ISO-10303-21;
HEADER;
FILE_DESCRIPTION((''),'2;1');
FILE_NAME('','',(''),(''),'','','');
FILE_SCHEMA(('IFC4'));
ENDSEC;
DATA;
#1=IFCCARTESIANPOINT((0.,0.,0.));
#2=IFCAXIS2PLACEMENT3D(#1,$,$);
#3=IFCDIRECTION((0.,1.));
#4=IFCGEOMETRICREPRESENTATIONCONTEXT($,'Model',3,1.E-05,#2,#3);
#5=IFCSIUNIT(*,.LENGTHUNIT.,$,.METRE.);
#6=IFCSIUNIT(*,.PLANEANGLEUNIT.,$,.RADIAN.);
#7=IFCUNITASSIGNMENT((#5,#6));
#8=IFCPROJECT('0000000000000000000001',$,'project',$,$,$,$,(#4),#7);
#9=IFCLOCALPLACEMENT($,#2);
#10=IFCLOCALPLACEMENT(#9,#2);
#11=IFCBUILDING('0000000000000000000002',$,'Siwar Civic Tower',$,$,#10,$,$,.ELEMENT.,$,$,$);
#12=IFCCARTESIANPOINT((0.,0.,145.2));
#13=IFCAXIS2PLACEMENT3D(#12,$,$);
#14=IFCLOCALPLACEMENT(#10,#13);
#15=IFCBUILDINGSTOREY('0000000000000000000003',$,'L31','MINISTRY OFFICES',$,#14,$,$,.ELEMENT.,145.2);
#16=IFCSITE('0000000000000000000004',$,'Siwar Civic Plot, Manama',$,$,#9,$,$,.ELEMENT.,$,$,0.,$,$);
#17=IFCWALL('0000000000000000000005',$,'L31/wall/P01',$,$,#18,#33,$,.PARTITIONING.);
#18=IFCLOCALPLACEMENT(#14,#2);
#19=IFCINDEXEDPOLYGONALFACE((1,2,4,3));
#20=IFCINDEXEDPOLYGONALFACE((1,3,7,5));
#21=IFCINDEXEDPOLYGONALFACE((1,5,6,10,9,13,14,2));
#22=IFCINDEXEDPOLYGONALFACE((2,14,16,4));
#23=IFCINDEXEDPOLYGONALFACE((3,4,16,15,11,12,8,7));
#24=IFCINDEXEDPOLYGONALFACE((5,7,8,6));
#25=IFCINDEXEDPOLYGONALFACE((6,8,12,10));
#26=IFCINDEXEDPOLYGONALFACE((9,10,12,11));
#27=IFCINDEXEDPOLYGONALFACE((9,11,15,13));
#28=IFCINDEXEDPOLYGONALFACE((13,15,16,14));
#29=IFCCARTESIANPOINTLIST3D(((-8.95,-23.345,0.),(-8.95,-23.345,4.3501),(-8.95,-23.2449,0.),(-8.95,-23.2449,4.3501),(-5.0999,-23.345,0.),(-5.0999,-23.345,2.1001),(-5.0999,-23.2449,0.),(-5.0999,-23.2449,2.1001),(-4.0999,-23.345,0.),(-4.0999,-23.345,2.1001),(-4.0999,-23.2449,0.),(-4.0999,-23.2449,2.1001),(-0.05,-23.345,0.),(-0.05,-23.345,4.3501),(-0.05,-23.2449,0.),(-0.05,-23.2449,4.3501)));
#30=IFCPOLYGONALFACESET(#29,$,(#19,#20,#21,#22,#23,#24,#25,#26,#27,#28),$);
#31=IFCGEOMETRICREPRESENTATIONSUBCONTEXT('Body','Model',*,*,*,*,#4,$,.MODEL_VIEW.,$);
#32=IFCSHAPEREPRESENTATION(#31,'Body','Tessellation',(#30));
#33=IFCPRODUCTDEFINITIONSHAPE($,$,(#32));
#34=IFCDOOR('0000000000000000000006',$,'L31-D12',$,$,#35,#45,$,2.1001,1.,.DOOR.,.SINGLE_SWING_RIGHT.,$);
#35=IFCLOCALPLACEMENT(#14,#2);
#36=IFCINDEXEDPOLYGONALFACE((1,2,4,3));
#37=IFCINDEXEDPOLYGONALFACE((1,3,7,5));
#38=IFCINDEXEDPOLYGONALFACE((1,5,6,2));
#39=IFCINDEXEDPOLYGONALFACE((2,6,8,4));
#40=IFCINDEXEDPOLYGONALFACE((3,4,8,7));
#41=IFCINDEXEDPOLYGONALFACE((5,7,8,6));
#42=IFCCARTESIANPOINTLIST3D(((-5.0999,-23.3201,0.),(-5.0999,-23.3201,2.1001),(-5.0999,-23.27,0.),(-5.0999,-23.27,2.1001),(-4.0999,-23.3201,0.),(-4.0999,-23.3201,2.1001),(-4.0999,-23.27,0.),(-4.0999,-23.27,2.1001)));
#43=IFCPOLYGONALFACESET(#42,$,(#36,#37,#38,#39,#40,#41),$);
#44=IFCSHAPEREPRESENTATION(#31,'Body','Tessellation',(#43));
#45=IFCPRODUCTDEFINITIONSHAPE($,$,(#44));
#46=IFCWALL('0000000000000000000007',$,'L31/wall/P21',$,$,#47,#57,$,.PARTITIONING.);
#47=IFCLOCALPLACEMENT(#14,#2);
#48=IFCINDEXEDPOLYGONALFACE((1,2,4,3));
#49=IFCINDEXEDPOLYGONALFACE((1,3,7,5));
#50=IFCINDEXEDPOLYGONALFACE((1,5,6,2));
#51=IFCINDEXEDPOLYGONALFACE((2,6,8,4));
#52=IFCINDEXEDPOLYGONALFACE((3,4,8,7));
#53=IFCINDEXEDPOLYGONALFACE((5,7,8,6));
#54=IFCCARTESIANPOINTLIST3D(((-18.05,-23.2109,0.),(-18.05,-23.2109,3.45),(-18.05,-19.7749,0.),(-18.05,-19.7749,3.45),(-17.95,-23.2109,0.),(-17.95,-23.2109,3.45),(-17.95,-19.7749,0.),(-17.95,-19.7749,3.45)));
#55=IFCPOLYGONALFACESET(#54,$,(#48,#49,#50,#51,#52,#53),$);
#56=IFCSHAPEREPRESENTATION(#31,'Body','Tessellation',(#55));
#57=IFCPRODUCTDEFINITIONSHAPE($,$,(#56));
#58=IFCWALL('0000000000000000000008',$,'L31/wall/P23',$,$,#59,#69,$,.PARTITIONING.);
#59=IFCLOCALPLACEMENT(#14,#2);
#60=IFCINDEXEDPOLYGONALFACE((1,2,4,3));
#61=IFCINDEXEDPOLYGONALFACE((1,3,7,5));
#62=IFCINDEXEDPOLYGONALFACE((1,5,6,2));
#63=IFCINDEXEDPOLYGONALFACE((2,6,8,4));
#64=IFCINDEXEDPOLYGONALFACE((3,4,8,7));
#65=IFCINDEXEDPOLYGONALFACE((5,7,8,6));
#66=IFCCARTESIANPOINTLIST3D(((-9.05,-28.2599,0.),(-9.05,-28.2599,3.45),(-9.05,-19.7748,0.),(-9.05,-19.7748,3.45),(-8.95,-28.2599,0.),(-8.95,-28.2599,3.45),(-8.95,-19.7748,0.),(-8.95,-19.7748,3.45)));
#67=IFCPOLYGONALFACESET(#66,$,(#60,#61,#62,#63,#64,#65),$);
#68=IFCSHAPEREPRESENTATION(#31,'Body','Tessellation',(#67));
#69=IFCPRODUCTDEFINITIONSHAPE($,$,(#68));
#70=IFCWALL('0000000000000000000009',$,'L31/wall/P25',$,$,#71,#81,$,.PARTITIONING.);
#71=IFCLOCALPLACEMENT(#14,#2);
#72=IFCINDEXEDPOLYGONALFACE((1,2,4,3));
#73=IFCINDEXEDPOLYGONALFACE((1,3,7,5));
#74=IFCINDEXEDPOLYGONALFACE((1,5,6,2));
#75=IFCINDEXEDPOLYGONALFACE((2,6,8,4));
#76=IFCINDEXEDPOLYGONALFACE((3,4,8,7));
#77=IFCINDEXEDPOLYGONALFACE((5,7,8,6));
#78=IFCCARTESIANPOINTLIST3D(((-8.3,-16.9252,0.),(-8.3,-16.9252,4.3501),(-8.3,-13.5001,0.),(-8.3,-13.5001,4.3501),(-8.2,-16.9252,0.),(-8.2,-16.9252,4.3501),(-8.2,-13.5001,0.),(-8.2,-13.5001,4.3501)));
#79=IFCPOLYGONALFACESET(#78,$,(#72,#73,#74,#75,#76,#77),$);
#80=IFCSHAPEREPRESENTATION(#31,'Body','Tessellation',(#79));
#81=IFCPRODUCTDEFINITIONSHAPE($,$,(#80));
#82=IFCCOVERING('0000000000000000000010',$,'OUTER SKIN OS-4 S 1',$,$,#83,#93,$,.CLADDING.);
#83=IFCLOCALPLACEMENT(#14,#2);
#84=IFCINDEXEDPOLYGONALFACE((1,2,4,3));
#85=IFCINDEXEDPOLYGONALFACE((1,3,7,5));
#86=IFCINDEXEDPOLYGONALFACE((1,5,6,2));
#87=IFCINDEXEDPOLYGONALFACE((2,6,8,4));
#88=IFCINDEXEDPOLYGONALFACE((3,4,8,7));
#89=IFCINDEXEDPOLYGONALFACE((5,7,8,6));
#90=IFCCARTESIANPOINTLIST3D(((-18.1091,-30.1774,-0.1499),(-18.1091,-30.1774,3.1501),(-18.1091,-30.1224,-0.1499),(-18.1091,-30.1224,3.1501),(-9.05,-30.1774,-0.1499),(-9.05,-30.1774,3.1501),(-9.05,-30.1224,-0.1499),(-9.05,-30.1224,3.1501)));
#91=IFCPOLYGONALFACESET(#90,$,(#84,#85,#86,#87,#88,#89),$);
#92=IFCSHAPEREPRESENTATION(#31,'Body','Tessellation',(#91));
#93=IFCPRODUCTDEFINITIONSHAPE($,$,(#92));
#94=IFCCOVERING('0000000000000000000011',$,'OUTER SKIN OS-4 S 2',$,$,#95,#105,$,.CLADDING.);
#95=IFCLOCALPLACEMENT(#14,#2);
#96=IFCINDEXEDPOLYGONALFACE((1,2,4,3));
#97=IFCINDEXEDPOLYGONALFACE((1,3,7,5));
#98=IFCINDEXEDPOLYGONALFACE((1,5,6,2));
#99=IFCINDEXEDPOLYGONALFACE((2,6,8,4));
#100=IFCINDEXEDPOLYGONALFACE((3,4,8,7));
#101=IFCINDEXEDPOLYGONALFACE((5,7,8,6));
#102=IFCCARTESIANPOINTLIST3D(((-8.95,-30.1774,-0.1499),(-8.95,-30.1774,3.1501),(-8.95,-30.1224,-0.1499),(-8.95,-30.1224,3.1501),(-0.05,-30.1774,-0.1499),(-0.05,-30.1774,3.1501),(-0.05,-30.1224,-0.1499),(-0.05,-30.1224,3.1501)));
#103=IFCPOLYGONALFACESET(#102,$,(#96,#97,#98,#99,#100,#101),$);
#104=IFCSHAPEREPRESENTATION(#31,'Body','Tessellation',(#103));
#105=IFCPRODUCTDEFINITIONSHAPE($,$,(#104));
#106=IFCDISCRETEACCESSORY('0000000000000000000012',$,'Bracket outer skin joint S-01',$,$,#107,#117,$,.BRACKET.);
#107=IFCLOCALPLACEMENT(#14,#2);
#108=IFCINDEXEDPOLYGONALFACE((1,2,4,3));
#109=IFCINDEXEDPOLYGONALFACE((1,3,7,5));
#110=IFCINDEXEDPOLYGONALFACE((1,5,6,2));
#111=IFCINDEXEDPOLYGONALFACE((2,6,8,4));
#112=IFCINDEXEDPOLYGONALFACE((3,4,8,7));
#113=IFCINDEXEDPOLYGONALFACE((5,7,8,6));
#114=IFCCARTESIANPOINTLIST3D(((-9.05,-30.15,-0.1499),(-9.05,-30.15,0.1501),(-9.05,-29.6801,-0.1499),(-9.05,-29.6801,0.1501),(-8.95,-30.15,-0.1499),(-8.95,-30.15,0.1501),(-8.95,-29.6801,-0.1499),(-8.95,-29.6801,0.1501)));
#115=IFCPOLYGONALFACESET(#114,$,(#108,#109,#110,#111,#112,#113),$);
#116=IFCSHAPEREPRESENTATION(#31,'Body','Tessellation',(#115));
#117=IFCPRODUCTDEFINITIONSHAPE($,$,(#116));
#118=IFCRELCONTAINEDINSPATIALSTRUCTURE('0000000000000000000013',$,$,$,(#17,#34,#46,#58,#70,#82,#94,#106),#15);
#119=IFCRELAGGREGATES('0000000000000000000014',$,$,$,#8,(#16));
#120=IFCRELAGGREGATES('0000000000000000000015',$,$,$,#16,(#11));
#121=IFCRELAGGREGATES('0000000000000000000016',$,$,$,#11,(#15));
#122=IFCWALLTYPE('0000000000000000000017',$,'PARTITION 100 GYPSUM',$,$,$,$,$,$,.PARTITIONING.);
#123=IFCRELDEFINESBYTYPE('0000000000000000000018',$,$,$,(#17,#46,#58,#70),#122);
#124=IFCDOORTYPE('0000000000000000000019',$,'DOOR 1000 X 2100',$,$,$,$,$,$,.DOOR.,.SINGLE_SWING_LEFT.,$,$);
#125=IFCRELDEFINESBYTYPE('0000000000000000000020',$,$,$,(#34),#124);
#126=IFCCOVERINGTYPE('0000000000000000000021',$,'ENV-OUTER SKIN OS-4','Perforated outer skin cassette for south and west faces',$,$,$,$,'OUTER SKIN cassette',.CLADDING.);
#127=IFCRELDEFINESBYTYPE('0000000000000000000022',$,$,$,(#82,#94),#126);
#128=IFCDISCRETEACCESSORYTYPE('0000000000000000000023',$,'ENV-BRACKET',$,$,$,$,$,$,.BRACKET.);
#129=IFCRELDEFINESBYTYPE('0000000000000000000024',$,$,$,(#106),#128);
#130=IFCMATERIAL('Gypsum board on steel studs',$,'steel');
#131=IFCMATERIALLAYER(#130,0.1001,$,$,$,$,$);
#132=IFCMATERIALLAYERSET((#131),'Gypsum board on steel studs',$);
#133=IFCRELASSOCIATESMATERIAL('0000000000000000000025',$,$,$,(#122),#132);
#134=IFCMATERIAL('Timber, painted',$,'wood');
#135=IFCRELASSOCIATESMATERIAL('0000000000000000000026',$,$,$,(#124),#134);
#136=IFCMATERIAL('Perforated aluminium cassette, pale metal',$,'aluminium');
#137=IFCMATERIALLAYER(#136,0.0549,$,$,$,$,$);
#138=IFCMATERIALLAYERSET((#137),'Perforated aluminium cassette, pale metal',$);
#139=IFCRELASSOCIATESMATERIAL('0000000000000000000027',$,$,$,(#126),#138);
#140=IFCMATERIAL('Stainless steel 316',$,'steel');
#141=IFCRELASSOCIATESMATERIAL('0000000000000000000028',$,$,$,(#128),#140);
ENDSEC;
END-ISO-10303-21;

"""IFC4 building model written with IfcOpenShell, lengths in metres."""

from ifc_helpers import new_model, si_unit, direction, frame, frame_2d, origin, origin_2d, place, context, subcontext, project, spatial, rectangle, extrude, material, layer, layer_set, type_object, element, fill, save


model = new_model("IFC4")

# Units and contexts
model_context = context("Model", 3, precision=1e-05, world=origin(), true_north=direction((0.0, 1.0)))
body_context = subcontext(model_context, "Body", "Model", "MODEL_VIEW")
ifc_project = project(units=[si_unit("LENGTHUNIT", "METRE"), si_unit("PLANEANGLEUNIT", "RADIAN")], contexts=[model_context])

# Site, building, storey
site_placement = place(None, origin())
site = spatial("IfcSite", under=ifc_project, at=site_placement, Name="Siwar Civic Plot, Manama", CompositionType="ELEMENT", RefElevation=0.0)
building_placement = place(site_placement, origin())
building = spatial("IfcBuilding", under=site, at=building_placement, Name="Siwar Civic Tower", CompositionType="ELEMENT")
storey_placement = place(building_placement, frame((0.0, 0.0, 145.2)))
storey = spatial("IfcBuildingStorey", under=building, at=storey_placement, Name="L31", Description="MINISTRY OFFICES", CompositionType="ELEMENT", Elevation=145.2)

# Wall, opening, door
ifc_material_1 = material(Name="Gypsum board on steel studs", Category="steel")
ifc_layer_1 = layer(ifc_material_1, 0.1001)
ifc_layer_set_1 = layer_set([ifc_layer_1], Name="Gypsum board on steel studs")
wall_type_1 = type_object("IfcWallType", Name="PARTITION 100 GYPSUM", PredefinedType="PARTITIONING", material=ifc_layer_set_1)
wall_1_placement = place(storey_placement, frame((-8.95, -23.2949, 0.0), z_axis=(0.0, 0.0, 1.0), x_axis=(1.0, 0.0, 0.0)))
wall_1 = element("IfcWall", 1, at=wall_1_placement, inside=storey, type_object=wall_type_1, Name="L31/wall/P01", PredefinedType="PARTITIONING", context=body_context, shape_type="SweptSolid", body=[
    extrude(rectangle(XDim=8.8999, YDim=0.1001, at=frame_2d((4.45, 0.0))), origin(), (0.0, 0.0, 1.0), 4.3501),
])
opening_placement = place(wall_1_placement, frame((3.8501, 0.0, 0.0)))
opening = element("IfcOpeningElement", 2, at=opening_placement, cuts=wall_1, PredefinedType="OPENING", context=body_context, shape_type="SweptSolid", body=[
    extrude(rectangle(XDim=1.0, YDim=2.1001, at=frame_2d((0.5, 1.05))), frame((0.0, 0.0601, 0.0), z_axis=(0.0, -1.0, 0.0), x_axis=(1.0, 0.0, 0.0)), (0.0, 0.0, 1.0), 0.1201),
])
ifc_material_2 = material(Name="Timber, painted", Category="wood")
door_type = type_object("IfcDoorType", Name="DOOR 1000 X 2100", OperationType="SINGLE_SWING_LEFT", PredefinedType="DOOR", material=ifc_material_2)
door_placement = place(opening_placement, origin())
door = element("IfcDoor", 3, at=door_placement, inside=storey, type_object=door_type, Name="L31-D12", OperationType="SINGLE_SWING_RIGHT", OverallHeight=2.1001, OverallWidth=1.0, PredefinedType="DOOR", context=body_context, shape_type="SweptSolid", body=[
    extrude(rectangle(XDim=1.0, YDim=2.1001, at=frame_2d((0.5, 1.05))), frame((0.0, 0.0249, 0.0), z_axis=(0.0, -1.0, 0.0), x_axis=(1.0, 0.0, 0.0)), (0.0, 0.0, 1.0), 0.05),
])
fill(opening, door)

# Walls
wall_2_placement = place(storey_placement, frame((-18.0, -23.2109, 0.0), z_axis=(0.0, 0.0, 1.0), x_axis=(0.0, 1.0, 0.0)))
element("IfcWall", 4, at=wall_2_placement, inside=storey, type_object=wall_type_1, Name="L31/wall/P21", PredefinedType="PARTITIONING", context=body_context, shape_type="SweptSolid", body=[
    extrude(rectangle(XDim=3.436, YDim=0.1001, at=frame_2d((1.718, 0.0))), origin(), (0.0, 0.0, 1.0), 3.45),
])
wall_3_placement = place(storey_placement, frame((-9.0, -28.26, 0.0), z_axis=(0.0, 0.0, 1.0), x_axis=(0.0, 1.0, 0.0)))
element("IfcWall", 5, at=wall_3_placement, inside=storey, type_object=wall_type_1, Name="L31/wall/P23", PredefinedType="PARTITIONING", context=body_context, shape_type="SweptSolid", body=[
    extrude(rectangle(XDim=8.4851, YDim=0.1001, at=frame_2d((4.2427, 0.0))), origin(), (0.0, 0.0, 1.0), 3.45),
])
wall_4_placement = place(storey_placement, frame((-8.25, -16.925, 0.0), z_axis=(0.0, 0.0, 1.0), x_axis=(0.0, 1.0, 0.0)))
element("IfcWall", 6, at=wall_4_placement, inside=storey, type_object=wall_type_1, Name="L31/wall/P25", PredefinedType="PARTITIONING", context=body_context, shape_type="SweptSolid", body=[
    extrude(rectangle(XDim=3.425, YDim=0.1001, at=frame_2d((1.7124, 0.0))), origin(), (0.0, 0.0, 1.0), 4.3501),
])

# Coverings
ifc_material_3 = material(Name="Perforated aluminium cassette, pale metal", Category="aluminium")
ifc_layer_2 = layer(ifc_material_3, 0.0549)
ifc_layer_set_2 = layer_set([ifc_layer_2], Name="Perforated aluminium cassette, pale metal")
covering_type = type_object("IfcCoveringType", Name="ENV-OUTER SKIN OS-4", Description="Perforated outer skin cassette for south and west faces", ElementType="OUTER SKIN cassette", PredefinedType="CLADDING", material=ifc_layer_set_2)
covering_1_placement = place(storey_placement, frame((-13.5796, -30.1499, -0.1499), z_axis=(0.0, 0.0, 1.0), x_axis=(1.0, 0.0, 0.0)))
element("IfcCovering", 7, at=covering_1_placement, inside=storey, type_object=covering_type, Name="OUTER SKIN OS-4 S 1", PredefinedType="CLADDING", context=body_context, shape_type="SweptSolid", body=[
    extrude(rectangle(XDim=9.0591, YDim=0.0549, at=origin_2d()), origin(), (0.0, 0.0, 1.0), 3.3),
])
covering_2_placement = place(storey_placement, frame((-4.5, -30.1499, -0.1499), z_axis=(0.0, 0.0, 1.0), x_axis=(1.0, 0.0, 0.0)))
element("IfcCovering", 8, at=covering_2_placement, inside=storey, type_object=covering_type, Name="OUTER SKIN OS-4 S 2", PredefinedType="CLADDING", context=body_context, shape_type="SweptSolid", body=[
    extrude(rectangle(XDim=8.8999, YDim=0.0549, at=origin_2d()), origin(), (0.0, 0.0, 1.0), 3.3),
])

# Discrete accessory
ifc_material_4 = material(Name="Stainless steel 316", Category="steel")
discrete_accessory_type = type_object("IfcDiscreteAccessoryType", Name="ENV-BRACKET", PredefinedType="BRACKET", material=ifc_material_4)
discrete_accessory_placement = place(storey_placement, frame((-9.0, -29.915, -0.1499), z_axis=(0.0, 0.0, 1.0), x_axis=(0.0, -1.0, 0.0)))
element("IfcDiscreteAccessory", 9, at=discrete_accessory_placement, inside=storey, type_object=discrete_accessory_type, Name="Bracket outer skin joint S-01", PredefinedType="BRACKET", context=body_context, shape_type="SweptSolid", body=[
    extrude(rectangle(XDim=0.47, YDim=0.1001, at=origin_2d()), origin(), (0.0, 0.0, 1.0), 0.3),
])

save(model, "model.ifc")
